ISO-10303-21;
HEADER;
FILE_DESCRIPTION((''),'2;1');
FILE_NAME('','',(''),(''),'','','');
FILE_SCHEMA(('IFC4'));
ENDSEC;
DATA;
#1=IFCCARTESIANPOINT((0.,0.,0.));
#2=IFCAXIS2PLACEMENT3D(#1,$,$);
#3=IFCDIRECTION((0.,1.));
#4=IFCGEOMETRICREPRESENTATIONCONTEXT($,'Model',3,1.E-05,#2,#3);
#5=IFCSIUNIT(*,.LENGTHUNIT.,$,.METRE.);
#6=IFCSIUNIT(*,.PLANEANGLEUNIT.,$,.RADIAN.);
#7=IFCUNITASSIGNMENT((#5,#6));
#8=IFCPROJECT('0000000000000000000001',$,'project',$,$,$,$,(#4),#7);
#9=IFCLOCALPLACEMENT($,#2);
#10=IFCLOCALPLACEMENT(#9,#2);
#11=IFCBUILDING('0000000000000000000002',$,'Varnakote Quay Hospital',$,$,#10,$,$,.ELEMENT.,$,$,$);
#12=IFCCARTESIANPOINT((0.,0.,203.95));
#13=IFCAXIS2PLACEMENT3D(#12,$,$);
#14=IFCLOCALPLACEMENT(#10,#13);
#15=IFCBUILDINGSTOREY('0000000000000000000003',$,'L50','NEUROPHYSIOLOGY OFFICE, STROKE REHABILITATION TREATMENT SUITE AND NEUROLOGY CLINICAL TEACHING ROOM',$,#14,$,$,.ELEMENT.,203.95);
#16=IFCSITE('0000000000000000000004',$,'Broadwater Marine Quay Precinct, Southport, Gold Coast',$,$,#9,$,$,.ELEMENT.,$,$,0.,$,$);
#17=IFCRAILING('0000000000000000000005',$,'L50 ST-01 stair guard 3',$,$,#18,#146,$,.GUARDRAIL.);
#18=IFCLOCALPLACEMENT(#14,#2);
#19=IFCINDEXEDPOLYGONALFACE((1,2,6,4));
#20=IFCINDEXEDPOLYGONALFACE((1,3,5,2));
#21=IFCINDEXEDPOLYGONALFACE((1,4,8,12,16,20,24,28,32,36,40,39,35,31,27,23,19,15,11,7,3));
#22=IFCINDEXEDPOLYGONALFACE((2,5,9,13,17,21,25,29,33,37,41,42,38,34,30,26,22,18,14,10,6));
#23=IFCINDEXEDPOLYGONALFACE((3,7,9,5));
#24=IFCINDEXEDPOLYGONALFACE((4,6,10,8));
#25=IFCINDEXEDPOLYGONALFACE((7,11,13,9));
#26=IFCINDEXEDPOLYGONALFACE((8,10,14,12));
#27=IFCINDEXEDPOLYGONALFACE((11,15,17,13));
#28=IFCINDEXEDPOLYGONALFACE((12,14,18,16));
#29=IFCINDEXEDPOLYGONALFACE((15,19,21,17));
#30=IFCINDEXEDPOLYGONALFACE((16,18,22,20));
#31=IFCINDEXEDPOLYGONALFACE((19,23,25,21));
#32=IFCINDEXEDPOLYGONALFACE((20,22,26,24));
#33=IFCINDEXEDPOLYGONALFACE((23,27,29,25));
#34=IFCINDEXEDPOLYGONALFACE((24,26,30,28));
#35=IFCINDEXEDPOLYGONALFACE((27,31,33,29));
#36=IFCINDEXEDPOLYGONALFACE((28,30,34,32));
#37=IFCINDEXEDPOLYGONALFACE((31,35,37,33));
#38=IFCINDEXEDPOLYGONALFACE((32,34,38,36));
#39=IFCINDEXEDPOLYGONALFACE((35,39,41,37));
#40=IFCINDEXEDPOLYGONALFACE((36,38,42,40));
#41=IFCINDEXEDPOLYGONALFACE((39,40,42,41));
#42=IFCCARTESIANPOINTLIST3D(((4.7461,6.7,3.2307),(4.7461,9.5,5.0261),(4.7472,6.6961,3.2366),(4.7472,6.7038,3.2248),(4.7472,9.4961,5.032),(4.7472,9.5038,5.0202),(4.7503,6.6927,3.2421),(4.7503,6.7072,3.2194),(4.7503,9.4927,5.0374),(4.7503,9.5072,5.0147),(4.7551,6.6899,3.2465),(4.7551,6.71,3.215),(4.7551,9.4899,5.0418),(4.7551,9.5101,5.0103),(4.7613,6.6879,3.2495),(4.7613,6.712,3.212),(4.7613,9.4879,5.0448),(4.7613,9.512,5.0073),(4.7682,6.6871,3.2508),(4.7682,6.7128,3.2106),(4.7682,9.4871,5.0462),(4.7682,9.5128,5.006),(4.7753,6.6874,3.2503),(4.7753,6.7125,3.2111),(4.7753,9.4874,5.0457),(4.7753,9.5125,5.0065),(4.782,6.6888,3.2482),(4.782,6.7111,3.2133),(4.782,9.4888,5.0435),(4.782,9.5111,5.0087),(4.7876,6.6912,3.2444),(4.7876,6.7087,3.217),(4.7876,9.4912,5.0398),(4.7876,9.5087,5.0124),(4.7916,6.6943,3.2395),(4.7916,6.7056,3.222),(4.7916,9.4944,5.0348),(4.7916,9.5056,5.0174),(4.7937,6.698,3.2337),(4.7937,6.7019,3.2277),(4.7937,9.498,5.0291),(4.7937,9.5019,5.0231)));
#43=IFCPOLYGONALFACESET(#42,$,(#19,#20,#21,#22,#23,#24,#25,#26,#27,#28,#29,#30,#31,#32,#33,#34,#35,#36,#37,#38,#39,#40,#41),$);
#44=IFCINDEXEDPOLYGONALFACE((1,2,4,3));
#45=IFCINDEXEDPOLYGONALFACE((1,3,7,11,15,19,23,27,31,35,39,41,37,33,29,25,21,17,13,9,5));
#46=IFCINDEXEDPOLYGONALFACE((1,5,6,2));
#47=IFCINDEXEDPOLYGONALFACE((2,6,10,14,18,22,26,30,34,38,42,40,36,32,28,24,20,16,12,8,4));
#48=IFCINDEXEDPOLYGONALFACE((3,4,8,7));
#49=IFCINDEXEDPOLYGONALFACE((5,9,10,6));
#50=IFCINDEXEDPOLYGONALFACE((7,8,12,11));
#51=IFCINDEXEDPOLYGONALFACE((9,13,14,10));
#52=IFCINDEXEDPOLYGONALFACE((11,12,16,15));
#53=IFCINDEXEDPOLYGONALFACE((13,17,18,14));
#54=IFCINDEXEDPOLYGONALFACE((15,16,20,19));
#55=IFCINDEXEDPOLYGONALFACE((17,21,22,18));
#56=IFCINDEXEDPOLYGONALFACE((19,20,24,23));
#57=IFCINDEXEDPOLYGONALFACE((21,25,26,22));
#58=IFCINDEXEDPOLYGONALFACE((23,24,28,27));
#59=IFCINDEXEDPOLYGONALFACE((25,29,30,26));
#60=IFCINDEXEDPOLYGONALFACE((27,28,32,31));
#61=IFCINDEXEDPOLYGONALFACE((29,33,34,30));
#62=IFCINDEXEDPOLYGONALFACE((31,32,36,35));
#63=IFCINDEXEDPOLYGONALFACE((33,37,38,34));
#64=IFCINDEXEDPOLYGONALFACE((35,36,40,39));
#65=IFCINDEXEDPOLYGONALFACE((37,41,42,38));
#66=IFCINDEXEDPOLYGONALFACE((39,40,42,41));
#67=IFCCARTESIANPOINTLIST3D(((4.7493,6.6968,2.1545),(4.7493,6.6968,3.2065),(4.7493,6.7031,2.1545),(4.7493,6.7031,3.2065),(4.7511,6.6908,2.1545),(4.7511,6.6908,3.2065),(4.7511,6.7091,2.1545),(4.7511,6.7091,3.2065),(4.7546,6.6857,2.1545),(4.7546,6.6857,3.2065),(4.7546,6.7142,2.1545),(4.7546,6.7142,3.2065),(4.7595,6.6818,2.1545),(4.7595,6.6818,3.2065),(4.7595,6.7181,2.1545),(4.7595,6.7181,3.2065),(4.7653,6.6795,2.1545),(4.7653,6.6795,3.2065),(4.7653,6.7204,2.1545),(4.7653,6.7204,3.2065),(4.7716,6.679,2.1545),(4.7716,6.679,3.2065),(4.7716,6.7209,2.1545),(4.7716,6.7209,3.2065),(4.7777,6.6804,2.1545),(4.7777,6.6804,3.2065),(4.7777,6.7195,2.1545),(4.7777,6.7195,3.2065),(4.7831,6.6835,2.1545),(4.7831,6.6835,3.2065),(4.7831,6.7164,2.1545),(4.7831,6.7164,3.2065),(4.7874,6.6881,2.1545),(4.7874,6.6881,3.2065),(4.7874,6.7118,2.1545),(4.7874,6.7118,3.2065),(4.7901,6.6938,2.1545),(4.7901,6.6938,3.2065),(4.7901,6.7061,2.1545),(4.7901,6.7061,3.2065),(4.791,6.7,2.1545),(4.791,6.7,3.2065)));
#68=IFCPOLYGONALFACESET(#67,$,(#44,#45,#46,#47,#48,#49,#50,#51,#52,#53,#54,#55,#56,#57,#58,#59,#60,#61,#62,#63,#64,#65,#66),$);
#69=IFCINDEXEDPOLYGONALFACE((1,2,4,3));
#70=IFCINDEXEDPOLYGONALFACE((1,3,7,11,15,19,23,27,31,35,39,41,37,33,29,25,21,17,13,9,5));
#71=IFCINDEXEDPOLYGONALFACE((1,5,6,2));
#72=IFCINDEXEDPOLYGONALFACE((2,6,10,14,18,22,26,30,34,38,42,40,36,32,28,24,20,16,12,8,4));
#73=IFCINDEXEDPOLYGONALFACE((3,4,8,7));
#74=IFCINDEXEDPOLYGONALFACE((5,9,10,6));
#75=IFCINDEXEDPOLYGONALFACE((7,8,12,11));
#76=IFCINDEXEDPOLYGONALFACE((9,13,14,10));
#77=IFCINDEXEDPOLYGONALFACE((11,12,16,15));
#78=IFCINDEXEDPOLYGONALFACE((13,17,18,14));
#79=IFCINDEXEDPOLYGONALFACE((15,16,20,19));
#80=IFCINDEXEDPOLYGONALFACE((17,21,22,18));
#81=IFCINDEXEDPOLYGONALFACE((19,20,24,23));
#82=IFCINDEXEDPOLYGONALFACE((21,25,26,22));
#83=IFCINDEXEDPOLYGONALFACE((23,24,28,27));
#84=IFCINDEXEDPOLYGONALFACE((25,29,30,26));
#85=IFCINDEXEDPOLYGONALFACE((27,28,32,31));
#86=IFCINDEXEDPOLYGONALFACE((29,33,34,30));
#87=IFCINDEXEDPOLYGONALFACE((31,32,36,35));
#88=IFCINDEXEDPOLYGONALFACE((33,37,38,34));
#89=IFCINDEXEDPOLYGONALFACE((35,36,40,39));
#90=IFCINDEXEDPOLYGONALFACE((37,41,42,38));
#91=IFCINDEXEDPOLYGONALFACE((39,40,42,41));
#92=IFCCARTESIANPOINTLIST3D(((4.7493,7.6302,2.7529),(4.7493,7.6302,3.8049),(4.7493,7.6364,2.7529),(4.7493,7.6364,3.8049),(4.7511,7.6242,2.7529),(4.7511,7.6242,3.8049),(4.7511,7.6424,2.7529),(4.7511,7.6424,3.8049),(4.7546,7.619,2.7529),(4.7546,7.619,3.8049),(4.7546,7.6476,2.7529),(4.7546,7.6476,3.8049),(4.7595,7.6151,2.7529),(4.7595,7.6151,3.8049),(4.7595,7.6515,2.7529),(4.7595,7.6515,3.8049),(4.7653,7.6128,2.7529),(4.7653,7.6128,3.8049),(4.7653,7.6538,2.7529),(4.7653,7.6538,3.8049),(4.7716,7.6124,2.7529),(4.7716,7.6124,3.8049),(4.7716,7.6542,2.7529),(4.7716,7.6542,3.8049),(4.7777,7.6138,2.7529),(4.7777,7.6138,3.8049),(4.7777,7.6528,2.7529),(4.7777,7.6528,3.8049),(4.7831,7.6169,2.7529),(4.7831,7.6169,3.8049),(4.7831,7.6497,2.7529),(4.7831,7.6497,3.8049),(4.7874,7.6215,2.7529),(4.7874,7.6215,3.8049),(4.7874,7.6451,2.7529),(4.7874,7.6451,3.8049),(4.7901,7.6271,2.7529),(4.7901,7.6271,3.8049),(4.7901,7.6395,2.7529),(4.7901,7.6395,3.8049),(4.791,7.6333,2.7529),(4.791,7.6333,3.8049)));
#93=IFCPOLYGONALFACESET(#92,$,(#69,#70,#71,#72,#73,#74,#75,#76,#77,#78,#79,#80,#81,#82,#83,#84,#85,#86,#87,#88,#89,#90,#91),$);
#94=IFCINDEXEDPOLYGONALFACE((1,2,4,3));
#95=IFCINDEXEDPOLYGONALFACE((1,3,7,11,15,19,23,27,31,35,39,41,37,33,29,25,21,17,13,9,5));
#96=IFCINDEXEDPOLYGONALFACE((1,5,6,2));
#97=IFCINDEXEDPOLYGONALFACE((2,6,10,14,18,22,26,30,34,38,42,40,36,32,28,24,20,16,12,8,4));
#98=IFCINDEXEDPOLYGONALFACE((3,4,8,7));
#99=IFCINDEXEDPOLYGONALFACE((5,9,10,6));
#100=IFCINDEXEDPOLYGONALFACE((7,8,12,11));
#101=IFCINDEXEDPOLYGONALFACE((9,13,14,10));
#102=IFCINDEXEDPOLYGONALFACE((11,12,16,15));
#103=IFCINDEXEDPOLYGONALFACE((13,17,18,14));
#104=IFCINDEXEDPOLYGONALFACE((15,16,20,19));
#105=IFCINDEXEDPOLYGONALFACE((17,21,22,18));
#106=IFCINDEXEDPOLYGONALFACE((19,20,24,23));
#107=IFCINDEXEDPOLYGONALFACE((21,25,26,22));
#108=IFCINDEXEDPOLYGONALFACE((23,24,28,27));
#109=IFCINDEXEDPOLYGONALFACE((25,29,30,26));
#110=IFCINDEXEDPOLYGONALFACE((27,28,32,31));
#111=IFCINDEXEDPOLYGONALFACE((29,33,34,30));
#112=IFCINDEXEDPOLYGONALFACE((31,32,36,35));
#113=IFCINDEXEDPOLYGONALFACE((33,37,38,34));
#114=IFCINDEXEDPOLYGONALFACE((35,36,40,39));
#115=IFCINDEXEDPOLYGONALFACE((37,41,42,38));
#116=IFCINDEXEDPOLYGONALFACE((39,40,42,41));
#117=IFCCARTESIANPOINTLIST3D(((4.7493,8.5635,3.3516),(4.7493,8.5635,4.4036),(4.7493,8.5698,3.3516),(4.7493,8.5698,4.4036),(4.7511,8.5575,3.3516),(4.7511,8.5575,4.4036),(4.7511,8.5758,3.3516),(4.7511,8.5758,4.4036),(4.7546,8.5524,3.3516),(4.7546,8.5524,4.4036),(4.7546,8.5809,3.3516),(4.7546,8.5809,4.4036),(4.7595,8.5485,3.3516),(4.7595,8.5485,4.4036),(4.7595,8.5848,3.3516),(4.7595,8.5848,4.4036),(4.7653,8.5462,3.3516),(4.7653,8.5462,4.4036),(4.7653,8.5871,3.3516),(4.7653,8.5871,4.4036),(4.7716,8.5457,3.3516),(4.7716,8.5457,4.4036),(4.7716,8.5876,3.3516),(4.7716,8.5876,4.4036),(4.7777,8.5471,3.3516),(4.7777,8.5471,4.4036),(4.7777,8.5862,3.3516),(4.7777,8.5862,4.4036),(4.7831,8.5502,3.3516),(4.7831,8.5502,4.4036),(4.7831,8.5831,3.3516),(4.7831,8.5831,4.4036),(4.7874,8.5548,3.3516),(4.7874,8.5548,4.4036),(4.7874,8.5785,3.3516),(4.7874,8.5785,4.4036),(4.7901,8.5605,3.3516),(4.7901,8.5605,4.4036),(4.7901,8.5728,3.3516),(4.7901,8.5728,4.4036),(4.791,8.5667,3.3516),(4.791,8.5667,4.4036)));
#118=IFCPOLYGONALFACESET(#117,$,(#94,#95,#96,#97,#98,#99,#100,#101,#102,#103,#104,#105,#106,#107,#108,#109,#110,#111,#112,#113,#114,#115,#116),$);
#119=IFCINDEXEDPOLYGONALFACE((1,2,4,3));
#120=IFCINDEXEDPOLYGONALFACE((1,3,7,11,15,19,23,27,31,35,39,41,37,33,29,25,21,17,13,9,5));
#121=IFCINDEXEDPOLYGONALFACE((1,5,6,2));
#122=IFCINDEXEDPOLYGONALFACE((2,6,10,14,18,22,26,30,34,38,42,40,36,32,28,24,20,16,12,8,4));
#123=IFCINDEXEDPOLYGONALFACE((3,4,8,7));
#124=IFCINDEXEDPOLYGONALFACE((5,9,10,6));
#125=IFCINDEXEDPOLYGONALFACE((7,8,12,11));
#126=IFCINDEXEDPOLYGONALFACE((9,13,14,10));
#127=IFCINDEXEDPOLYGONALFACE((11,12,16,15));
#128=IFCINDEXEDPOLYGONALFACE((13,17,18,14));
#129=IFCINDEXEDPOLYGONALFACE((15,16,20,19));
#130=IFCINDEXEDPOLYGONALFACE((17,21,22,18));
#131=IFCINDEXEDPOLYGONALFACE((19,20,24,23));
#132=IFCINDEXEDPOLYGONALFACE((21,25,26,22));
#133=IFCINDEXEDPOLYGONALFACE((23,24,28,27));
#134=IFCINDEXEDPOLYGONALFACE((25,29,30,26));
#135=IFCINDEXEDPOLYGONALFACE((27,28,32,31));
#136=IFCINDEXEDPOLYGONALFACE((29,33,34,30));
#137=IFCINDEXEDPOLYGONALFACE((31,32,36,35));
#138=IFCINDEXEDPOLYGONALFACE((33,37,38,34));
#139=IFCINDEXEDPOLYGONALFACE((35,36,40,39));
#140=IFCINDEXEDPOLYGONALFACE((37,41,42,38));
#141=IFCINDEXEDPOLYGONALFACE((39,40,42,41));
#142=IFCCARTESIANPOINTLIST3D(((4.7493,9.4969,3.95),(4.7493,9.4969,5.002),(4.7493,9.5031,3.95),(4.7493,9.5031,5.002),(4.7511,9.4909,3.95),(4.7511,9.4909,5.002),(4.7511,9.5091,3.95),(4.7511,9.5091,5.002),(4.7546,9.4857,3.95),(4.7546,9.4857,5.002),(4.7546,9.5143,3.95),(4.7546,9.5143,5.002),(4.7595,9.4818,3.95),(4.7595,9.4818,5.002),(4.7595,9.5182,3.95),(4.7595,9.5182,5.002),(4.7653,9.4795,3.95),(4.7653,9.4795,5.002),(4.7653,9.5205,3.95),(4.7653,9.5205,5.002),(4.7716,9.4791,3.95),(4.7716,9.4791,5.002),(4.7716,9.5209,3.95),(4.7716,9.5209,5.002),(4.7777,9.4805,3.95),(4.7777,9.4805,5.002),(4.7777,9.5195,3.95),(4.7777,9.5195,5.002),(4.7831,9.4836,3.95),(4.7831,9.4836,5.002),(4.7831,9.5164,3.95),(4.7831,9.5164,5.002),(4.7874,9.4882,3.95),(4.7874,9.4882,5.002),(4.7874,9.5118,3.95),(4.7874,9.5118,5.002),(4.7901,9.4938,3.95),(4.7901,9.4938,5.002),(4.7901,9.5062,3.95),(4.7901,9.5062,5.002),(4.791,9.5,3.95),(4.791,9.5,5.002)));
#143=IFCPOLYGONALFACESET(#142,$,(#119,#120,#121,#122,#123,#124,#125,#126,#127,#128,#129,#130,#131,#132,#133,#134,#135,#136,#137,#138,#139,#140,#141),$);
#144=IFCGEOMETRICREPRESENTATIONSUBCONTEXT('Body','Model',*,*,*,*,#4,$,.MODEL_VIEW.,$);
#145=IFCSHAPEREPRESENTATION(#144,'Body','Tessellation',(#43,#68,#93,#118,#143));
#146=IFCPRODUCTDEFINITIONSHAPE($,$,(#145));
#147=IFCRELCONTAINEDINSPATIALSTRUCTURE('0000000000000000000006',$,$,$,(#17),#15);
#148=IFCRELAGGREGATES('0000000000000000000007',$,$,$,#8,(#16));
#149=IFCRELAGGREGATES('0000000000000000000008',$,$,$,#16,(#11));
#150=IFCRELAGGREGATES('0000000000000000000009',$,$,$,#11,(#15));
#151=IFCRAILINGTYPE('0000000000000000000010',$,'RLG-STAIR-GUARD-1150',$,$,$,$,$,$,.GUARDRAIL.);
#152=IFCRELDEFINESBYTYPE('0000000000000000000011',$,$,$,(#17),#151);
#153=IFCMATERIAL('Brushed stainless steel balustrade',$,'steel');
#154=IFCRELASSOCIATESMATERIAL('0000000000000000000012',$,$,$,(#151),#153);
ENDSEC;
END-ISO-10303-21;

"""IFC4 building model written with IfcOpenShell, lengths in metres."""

from ifc_helpers import new_model, si_unit, direction, frame, origin, origin_2d, place, context, subcontext, project, spatial, circle, extrude, material, type_object, element, save


model = new_model("IFC4")

# Units and contexts
model_context = context("Model", 3, precision=1e-05, world=origin(), true_north=direction((0.0, 1.0)))
body_context = subcontext(model_context, "Body", "Model", "MODEL_VIEW")
ifc_project = project(units=[si_unit("LENGTHUNIT", "METRE"), si_unit("PLANEANGLEUNIT", "RADIAN")], contexts=[model_context])

# Site, building, storey
site_placement = place(None, origin())
site = spatial("IfcSite", under=ifc_project, at=site_placement, Name="Broadwater Marine Quay Precinct, Southport, Gold Coast", CompositionType="ELEMENT", RefElevation=0.0)
building_placement = place(site_placement, origin())
building = spatial("IfcBuilding", under=site, at=building_placement, Name="Varnakote Quay Hospital", CompositionType="ELEMENT")
storey_placement = place(building_placement, frame((0.0, 0.0, 203.95)))
storey = spatial("IfcBuildingStorey", under=building, at=storey_placement, Name="L50", Description="NEUROPHYSIOLOGY OFFICE, STROKE REHABILITATION TREATMENT SUITE AND NEUROLOGY CLINICAL TEACHING ROOM", CompositionType="ELEMENT", Elevation=203.95)

# Railing
ifc_material_1 = material(Name="Brushed stainless steel balustrade", Category="steel")
railing_type_1 = type_object("IfcRailingType", Name="RLG-STAIR-GUARD-1150", PredefinedType="GUARDRAIL", material=ifc_material_1)
railing_1_placement = place(storey_placement, frame((4.77, 6.7, 2.1545)))
element("IfcRailing", 1, at=railing_1_placement, inside=storey, type_object=railing_type_1, Name="L50 ST-01 stair guard 3", PredefinedType="GUARDRAIL", context=body_context, shape_type="SweptSolid", body=[
    extrude(circle(Radius=0.0239, at=origin_2d()), frame((0.0, 0.0, 1.0762), z_axis=(0.0, 0.84181, 0.539774), x_axis=(-1.0, 0.0, 0.0)), (0.0, 0.0, 1.0), 3.3262),
    extrude(circle(Radius=0.021, at=origin_2d()), origin(), (0.0, 0.0, 1.0), 1.052),
    extrude(circle(Radius=0.021, at=origin_2d()), frame((0.0, 0.9333, 0.5984)), (0.0, 0.0, 1.0), 1.052),
    extrude(circle(Radius=0.021, at=origin_2d()), frame((0.0, 1.8667, 1.197)), (0.0, 0.0, 1.0), 1.052),
    extrude(circle(Radius=0.021, at=origin_2d()), frame((0.0, 2.8, 1.7954)), (0.0, 0.0, 1.0), 1.052),
])

save(model, "model.ifc")
